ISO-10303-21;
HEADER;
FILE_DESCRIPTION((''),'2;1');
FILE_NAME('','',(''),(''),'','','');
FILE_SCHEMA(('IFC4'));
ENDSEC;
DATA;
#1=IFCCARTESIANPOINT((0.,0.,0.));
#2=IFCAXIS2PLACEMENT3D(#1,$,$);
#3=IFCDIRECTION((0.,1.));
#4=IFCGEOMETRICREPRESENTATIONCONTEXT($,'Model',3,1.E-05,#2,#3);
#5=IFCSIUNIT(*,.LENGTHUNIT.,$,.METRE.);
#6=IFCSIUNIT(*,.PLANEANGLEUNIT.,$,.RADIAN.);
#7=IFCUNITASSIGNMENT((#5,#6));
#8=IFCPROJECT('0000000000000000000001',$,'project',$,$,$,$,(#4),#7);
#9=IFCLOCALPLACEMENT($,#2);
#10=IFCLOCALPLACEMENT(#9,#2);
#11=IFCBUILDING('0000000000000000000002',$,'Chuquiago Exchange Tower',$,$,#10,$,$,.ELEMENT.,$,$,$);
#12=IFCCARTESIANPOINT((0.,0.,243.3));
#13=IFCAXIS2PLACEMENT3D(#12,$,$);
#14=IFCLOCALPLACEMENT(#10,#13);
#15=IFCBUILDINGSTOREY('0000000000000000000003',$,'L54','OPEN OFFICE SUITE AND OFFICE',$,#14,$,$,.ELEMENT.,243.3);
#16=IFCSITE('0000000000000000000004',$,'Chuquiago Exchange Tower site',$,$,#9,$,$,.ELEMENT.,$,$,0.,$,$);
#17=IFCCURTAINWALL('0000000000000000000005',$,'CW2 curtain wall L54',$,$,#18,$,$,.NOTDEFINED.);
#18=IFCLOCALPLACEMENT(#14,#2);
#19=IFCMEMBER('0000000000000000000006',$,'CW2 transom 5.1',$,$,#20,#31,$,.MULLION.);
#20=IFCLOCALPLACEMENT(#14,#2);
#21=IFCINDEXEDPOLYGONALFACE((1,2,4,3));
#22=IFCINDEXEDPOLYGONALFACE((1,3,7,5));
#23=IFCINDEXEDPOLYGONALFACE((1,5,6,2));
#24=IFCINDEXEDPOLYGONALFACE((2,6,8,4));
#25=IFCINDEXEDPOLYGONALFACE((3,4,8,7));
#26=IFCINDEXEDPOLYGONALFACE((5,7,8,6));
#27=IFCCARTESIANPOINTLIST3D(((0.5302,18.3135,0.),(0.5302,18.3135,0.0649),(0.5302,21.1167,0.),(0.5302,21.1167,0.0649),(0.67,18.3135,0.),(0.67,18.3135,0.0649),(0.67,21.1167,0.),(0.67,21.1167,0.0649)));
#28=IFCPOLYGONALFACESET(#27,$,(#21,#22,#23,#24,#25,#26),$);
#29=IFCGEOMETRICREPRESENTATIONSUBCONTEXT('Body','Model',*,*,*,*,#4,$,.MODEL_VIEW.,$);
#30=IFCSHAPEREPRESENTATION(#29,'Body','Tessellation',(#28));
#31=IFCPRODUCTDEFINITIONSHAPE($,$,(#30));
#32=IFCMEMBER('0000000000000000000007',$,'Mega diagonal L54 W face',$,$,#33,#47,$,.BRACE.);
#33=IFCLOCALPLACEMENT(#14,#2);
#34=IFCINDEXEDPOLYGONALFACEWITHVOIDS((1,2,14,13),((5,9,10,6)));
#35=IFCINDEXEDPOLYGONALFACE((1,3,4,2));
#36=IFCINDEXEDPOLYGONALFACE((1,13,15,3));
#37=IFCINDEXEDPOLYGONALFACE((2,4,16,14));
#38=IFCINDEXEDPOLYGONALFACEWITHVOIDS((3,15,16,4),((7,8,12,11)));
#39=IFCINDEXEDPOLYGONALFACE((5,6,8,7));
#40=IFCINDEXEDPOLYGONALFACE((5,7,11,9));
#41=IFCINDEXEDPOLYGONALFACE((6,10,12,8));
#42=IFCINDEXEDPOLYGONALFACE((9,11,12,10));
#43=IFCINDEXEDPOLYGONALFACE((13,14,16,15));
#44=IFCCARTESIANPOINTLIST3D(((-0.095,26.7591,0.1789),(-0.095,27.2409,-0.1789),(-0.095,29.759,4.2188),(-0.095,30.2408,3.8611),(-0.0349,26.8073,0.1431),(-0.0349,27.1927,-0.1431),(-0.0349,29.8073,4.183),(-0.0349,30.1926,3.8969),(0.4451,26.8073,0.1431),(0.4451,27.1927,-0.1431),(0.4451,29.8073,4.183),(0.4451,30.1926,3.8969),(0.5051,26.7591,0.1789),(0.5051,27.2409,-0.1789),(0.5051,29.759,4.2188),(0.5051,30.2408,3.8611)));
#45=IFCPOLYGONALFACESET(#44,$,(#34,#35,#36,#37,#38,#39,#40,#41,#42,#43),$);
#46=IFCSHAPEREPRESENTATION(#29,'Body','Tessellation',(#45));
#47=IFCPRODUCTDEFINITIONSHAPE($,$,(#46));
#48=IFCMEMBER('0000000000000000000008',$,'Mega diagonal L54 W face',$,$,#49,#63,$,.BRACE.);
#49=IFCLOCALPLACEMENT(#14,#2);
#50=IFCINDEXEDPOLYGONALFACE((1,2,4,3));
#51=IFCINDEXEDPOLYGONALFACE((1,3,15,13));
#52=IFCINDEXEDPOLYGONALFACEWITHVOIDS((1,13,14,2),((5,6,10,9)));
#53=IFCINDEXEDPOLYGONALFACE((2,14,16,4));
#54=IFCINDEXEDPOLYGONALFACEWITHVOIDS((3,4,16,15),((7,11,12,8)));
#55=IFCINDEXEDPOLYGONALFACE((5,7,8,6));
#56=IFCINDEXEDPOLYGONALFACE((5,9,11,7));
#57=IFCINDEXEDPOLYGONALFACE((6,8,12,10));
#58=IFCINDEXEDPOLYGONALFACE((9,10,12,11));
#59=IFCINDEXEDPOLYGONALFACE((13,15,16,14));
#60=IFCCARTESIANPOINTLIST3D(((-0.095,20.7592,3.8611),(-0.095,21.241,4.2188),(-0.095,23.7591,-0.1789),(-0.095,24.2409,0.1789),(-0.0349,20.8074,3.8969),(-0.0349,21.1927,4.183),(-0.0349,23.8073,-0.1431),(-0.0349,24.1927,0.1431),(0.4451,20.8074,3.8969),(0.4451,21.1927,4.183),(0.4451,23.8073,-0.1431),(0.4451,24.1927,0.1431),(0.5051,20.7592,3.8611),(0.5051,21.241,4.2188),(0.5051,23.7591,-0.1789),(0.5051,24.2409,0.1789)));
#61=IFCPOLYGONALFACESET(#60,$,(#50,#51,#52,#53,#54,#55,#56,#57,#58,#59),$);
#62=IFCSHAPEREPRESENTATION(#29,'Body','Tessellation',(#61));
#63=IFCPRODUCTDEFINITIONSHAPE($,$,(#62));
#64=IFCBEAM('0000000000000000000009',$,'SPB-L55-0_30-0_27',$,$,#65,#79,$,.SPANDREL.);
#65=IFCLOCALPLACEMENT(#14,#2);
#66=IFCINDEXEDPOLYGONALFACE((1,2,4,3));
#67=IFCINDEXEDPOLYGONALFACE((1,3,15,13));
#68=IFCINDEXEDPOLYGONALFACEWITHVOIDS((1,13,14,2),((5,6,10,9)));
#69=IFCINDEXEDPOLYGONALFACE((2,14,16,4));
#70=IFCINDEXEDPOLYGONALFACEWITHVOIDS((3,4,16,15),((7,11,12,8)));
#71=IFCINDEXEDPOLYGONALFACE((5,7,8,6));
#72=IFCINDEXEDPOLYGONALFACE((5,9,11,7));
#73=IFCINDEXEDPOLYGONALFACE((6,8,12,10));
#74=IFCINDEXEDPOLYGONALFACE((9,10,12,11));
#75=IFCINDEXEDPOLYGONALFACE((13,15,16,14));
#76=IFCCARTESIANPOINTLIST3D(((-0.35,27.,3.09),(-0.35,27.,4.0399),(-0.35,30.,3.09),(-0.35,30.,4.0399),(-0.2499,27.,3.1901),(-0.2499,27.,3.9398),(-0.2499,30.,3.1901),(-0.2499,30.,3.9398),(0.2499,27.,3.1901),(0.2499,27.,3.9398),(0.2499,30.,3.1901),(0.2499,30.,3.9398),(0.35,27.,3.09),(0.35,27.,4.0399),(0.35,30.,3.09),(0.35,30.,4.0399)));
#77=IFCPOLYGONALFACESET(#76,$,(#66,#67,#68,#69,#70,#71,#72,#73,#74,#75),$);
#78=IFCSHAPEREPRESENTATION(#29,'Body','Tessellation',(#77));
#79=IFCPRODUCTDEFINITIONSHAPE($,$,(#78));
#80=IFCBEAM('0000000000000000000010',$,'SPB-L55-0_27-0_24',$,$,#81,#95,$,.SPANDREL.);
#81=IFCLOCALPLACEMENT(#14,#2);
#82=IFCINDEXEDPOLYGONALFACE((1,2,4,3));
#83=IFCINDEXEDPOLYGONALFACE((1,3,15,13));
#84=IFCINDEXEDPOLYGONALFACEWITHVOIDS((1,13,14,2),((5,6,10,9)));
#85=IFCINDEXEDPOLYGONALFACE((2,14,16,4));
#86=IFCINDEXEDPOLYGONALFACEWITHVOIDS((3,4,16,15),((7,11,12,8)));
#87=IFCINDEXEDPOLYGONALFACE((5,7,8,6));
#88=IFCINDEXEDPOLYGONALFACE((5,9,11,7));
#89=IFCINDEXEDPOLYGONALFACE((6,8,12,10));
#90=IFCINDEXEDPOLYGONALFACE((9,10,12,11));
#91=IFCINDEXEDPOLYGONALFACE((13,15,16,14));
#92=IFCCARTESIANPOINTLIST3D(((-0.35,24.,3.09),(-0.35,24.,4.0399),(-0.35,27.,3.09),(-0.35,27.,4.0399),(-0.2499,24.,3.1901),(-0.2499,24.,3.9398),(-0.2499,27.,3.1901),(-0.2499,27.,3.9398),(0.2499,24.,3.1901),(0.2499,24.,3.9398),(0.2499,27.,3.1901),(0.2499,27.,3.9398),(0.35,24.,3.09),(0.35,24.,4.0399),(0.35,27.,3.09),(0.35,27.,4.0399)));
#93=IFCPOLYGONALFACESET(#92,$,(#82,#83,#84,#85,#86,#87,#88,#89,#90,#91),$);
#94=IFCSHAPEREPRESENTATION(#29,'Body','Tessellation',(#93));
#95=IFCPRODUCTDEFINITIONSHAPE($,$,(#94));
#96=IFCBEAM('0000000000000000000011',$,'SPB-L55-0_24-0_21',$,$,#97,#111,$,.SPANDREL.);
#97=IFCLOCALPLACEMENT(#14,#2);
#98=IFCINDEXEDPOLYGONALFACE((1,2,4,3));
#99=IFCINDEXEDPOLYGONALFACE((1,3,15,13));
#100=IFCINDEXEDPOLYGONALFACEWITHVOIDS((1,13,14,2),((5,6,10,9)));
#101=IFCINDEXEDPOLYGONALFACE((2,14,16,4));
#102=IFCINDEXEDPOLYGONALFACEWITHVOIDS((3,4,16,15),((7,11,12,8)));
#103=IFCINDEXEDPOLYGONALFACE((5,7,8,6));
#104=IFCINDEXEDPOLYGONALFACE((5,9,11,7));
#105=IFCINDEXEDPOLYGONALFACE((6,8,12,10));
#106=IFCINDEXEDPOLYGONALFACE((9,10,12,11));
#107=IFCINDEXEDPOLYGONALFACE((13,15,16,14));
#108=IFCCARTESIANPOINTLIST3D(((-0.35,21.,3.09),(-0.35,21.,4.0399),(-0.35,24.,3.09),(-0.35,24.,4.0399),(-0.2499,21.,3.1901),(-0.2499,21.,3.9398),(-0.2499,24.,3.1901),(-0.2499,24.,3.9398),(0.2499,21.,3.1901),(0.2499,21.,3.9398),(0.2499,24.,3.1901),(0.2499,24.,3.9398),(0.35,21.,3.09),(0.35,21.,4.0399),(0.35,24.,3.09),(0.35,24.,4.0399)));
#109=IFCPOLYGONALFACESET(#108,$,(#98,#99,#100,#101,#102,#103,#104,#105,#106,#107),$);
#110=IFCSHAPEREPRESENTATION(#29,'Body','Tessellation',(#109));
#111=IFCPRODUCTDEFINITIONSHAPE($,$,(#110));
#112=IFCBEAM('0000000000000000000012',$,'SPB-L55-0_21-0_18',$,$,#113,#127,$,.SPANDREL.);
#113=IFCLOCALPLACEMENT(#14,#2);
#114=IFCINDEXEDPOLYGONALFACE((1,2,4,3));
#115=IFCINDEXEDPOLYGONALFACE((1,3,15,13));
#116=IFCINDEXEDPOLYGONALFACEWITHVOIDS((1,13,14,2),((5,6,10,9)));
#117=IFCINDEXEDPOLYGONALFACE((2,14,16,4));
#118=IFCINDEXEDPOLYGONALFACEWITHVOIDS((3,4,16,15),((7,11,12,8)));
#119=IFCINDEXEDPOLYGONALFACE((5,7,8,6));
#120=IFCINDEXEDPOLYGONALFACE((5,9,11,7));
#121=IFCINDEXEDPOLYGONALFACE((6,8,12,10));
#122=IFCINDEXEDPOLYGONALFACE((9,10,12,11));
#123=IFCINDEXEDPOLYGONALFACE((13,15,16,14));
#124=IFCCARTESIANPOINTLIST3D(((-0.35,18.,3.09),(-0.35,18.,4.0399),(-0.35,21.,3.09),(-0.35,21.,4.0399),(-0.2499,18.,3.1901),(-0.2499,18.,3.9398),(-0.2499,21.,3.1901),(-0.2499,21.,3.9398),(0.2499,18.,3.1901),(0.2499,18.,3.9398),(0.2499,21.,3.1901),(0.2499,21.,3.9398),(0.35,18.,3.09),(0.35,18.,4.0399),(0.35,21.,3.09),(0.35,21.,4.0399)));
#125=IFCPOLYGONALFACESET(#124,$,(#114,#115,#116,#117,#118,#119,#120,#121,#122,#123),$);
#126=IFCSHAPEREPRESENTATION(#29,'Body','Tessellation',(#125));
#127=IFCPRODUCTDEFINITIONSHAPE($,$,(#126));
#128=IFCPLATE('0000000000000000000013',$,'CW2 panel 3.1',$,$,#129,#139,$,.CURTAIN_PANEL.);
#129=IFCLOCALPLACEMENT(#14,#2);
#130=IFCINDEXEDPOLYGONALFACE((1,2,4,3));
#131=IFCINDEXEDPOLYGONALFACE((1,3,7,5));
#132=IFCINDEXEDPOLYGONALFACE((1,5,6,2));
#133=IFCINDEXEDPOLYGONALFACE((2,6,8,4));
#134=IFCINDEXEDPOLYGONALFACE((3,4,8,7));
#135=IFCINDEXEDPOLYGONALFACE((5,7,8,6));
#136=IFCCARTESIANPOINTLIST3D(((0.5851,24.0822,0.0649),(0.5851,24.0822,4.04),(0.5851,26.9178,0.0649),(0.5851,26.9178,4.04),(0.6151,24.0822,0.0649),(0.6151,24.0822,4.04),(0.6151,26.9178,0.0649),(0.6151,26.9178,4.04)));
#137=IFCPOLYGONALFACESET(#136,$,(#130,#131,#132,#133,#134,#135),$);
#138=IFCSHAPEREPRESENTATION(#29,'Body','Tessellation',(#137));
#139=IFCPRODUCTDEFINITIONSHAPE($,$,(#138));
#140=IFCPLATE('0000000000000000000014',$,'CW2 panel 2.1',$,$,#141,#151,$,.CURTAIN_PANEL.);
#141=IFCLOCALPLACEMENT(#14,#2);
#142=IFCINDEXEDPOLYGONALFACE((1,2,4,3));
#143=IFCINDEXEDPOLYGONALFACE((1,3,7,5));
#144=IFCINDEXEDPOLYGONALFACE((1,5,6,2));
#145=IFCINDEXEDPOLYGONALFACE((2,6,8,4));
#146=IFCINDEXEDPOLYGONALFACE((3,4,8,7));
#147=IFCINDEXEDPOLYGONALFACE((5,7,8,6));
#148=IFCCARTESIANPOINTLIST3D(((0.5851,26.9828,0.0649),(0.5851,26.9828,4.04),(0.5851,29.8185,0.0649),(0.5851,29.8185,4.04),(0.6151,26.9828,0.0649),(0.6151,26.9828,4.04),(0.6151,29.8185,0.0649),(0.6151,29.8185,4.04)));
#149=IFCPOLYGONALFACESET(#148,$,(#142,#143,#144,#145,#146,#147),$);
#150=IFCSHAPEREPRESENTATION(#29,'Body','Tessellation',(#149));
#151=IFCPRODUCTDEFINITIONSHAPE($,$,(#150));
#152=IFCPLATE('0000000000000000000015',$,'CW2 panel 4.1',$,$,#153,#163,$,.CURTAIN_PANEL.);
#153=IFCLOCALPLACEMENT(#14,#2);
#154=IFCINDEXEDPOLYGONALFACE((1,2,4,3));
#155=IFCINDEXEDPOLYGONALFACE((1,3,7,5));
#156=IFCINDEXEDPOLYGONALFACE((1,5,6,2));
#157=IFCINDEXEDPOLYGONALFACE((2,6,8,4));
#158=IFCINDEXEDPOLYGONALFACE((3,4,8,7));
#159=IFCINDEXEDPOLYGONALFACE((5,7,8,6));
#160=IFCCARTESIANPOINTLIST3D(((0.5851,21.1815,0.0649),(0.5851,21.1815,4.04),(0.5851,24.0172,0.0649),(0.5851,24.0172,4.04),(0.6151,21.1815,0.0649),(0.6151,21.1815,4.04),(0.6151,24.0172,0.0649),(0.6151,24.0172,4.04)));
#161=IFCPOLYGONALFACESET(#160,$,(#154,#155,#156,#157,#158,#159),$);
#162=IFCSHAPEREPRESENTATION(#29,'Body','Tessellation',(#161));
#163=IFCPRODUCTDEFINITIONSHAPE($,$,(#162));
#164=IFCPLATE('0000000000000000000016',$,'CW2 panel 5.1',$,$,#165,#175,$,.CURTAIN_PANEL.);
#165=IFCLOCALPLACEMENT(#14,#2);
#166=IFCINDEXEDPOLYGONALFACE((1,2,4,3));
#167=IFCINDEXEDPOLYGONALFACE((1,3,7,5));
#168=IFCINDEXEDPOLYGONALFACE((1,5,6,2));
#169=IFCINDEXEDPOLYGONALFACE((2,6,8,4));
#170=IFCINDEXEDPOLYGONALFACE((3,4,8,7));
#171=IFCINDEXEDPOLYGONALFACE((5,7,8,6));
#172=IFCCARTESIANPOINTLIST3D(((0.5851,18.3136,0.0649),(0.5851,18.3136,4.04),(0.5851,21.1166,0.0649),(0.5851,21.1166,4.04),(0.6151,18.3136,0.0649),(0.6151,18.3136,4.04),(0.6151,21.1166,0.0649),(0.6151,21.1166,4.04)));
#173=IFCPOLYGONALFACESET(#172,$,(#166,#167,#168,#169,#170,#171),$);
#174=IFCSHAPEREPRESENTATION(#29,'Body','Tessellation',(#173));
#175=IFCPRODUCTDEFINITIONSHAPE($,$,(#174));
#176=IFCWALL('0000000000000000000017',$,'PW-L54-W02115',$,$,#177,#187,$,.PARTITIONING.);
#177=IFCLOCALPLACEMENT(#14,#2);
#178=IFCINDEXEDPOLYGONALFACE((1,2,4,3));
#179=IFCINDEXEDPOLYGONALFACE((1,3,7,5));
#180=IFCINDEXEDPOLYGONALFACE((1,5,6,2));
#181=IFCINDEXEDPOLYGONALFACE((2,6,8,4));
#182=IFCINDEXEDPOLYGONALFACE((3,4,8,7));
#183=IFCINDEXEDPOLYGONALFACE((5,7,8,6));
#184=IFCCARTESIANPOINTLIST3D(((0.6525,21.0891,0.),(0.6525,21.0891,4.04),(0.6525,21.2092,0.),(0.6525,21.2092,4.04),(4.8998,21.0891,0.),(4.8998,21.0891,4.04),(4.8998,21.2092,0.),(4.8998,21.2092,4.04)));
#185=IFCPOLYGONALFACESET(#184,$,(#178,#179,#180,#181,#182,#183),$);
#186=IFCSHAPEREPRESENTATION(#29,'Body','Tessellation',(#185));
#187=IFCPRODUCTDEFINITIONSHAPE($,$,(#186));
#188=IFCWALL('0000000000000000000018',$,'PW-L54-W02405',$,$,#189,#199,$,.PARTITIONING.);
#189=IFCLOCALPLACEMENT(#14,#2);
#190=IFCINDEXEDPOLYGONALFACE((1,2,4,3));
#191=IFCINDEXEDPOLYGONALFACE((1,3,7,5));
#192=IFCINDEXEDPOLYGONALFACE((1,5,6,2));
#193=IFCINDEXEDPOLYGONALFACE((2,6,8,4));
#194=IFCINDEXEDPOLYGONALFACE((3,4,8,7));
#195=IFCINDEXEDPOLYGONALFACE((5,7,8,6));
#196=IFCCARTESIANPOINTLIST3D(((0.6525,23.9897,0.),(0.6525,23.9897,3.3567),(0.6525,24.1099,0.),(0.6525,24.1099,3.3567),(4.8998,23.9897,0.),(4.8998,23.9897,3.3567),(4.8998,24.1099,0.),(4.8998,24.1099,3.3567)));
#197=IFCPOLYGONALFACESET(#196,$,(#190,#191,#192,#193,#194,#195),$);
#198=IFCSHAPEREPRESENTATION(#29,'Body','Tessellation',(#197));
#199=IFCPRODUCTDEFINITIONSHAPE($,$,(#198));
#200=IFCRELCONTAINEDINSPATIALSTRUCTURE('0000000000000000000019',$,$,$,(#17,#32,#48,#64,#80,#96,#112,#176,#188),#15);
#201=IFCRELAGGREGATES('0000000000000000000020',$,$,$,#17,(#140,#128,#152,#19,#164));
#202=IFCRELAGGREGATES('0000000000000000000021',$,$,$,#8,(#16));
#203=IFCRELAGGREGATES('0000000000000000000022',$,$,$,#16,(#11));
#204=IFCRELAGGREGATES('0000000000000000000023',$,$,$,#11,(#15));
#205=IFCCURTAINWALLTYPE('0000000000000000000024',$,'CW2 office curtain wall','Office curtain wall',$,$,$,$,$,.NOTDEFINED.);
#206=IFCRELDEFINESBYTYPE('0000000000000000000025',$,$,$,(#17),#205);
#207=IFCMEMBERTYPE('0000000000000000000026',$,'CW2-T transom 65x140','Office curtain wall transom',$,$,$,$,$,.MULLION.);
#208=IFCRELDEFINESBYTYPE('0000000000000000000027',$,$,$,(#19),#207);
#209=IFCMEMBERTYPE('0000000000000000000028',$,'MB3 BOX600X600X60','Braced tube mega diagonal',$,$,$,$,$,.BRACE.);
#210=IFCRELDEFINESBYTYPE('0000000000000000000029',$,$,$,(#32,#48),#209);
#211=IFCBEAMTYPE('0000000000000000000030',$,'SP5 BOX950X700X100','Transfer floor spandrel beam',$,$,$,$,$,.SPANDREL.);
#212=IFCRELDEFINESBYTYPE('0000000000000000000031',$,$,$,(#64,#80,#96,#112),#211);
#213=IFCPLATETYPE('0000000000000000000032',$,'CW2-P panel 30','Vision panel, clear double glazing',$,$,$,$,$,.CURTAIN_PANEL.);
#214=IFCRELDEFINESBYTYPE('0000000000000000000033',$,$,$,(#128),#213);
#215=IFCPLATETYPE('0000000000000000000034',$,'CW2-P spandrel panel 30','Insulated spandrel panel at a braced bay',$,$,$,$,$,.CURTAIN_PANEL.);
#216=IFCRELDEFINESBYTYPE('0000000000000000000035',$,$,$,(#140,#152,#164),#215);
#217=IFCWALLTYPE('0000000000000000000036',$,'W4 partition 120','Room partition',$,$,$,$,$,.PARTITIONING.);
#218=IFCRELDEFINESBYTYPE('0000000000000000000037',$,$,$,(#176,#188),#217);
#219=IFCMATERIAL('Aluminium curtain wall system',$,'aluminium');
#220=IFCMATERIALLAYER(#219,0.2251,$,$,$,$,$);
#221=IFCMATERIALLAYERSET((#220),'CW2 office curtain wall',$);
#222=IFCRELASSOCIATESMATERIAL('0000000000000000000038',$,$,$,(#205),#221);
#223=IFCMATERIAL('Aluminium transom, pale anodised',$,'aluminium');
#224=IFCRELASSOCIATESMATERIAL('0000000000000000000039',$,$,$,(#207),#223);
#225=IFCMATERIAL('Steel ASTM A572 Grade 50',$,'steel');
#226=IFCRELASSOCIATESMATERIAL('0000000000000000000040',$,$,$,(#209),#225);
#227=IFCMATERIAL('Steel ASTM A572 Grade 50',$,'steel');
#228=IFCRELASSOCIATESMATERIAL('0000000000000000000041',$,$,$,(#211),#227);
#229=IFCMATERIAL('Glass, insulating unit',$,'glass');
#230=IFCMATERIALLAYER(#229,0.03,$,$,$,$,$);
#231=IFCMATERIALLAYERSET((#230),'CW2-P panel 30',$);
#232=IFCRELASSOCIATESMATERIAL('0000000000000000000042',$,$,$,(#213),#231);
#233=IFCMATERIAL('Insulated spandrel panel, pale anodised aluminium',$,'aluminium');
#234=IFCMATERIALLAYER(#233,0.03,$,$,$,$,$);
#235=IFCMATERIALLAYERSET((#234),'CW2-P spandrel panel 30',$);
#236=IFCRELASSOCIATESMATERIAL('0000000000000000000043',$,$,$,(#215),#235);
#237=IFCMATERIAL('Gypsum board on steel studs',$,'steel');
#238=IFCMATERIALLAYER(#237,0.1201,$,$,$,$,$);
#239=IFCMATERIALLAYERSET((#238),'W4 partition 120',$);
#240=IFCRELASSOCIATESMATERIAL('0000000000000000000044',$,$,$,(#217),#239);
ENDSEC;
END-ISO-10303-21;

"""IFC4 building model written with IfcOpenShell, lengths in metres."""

from ifc_helpers import new_model, si_unit, direction, frame, frame_2d, origin, origin_2d, place, context, subcontext, project, spatial, rectangle, hollow_rectangle, extrude, material, layer, layer_set, material_profile, profile_set, type_object, element, aggregate, save


model = new_model("IFC4")

# Units and contexts
model_context = context("Model", 3, precision=1e-05, world=origin(), true_north=direction((0.0, 1.0)))
body_context = subcontext(model_context, "Body", "Model", "MODEL_VIEW")
ifc_project = project(units=[si_unit("LENGTHUNIT", "METRE"), si_unit("PLANEANGLEUNIT", "RADIAN")], contexts=[model_context])

# Site, building, storey
site_placement = place(None, origin())
site = spatial("IfcSite", under=ifc_project, at=site_placement, Name="Chuquiago Exchange Tower site", CompositionType="ELEMENT", RefElevation=0.0)
building_placement = place(site_placement, origin())
building = spatial("IfcBuilding", under=site, at=building_placement, Name="Chuquiago Exchange Tower", CompositionType="ELEMENT")
storey_placement = place(building_placement, frame((0.0, 0.0, 243.3)))
storey = spatial("IfcBuildingStorey", under=building, at=storey_placement, Name="L54", Description="OPEN OFFICE SUITE AND OFFICE", CompositionType="ELEMENT", Elevation=243.3)

# Curtain wall, member
ifc_material_1 = material(Name="Aluminium curtain wall system", Category="aluminium")
ifc_layer_1 = layer(ifc_material_1, 0.2251)
ifc_layer_set_1 = layer_set([ifc_layer_1], Name="CW2 office curtain wall")
curtain_wall_type = type_object("IfcCurtainWallType", Name="CW2 office curtain wall", Description="Office curtain wall", PredefinedType="NOTDEFINED", material=ifc_layer_set_1)
curtain_wall_placement = place(storey_placement, origin())
curtain_wall = element("IfcCurtainWall", 1, at=curtain_wall_placement, inside=storey, type_object=curtain_wall_type, Name="CW2 curtain wall L54", PredefinedType="NOTDEFINED")
ifc_material_2 = material(Name="Aluminium transom, pale anodised", Category="aluminium")
ifc_material_profile_1 = material_profile(ifc_material_2, rectangle(XDim=0.1399, YDim=0.0649, at=origin_2d()), Name="AL 140x65")
ifc_profile_set_1 = profile_set([ifc_material_profile_1], Name="Aluminium transom, pale anodised")
member_type_1 = type_object("IfcMemberType", Name="CW2-T transom 65x140", Description="Office curtain wall transom", PredefinedType="MULLION", material=ifc_profile_set_1)
member_1_placement = place(storey_placement, frame((0.6001, 21.1167, 0.0325), z_axis=(0.0, -1.0, 0.0), x_axis=(1.0, 0.0, 0.0)))
member_1 = element("IfcMember", 2, at=member_1_placement, type_object=member_type_1, Name="CW2 transom 5.1", PredefinedType="MULLION", context=body_context, shape_type="SweptSolid", body=[
    extrude(rectangle(XDim=0.1399, YDim=0.0649, at=origin_2d()), origin(), (0.0, 0.0, 1.0), 2.8032),
])

# Members
ifc_material_3 = material(Name="Steel ASTM A572 Grade 50", Category="steel")
ifc_material_profile_2 = material_profile(ifc_material_3, hollow_rectangle(XDim=0.6001, YDim=0.6001, WallThickness=0.0601, at=origin_2d()), Name="BOX600X600X60")
ifc_profile_set_2 = profile_set([ifc_material_profile_2], Name="Steel ASTM A572 Grade 50")
member_type_2 = type_object("IfcMemberType", Name="MB3 BOX600X600X60", Description="Braced tube mega diagonal", PredefinedType="BRACE", material=ifc_profile_set_2)
for number, where, z_axis, x_axis, name in (
    (3, (0.2051, 27.0, 0.0), (0.0, 0.596174, 0.802855), (-1.0, 0.0, 0.0), "Mega diagonal L54 W face"),
    (4, (0.2051, 24.0, 0.0), (0.0, -0.596174, 0.802855), (1.0, 0.0, 0.0), "Mega diagonal L54 W face"),
):
    element("IfcMember", number, at=place(storey_placement, frame(where, z_axis=z_axis, x_axis=x_axis)), inside=storey, type_object=member_type_2, Name=name, PredefinedType="BRACE", context=body_context, shape_type="SweptSolid", body=[
        extrude(hollow_rectangle(XDim=0.6001, YDim=0.6001, WallThickness=0.0601, at=origin_2d()), origin(), (0.0, 0.0, 1.0), 5.032),
    ])

# Beams
ifc_material_4 = material(Name="Steel ASTM A572 Grade 50", Category="steel")
ifc_material_profile_3 = material_profile(ifc_material_4, hollow_rectangle(XDim=0.7, YDim=0.95, WallThickness=0.1001, at=origin_2d()), Name="BOX950X700X100")
ifc_profile_set_3 = profile_set([ifc_material_profile_3], Name="Steel ASTM A572 Grade 50")
beam_type = type_object("IfcBeamType", Name="SP5 BOX950X700X100", Description="Transfer floor spandrel beam", PredefinedType="SPANDREL", material=ifc_profile_set_3)
for number, where, z_axis, x_axis, name in (
    (5, (0.0, 30.0, 3.5649), (0.0, -1.0, 0.0), (1.0, 0.0, 0.0), "SPB-L55-0_30-0_27"),
    (6, (0.0, 27.0, 3.5649), (0.0, -1.0, 0.0), (1.0, 0.0, 0.0), "SPB-L55-0_27-0_24"),
    (7, (0.0, 24.0, 3.5649), (0.0, -1.0, 0.0), (1.0, 0.0, 0.0), "SPB-L55-0_24-0_21"),
    (8, (0.0, 21.0, 3.5649), (0.0, -1.0, 0.0), (1.0, 0.0, 0.0), "SPB-L55-0_21-0_18"),
):
    element("IfcBeam", number, at=place(storey_placement, frame(where, z_axis=z_axis, x_axis=x_axis)), inside=storey, type_object=beam_type, Name=name, PredefinedType="SPANDREL", context=body_context, shape_type="SweptSolid", body=[
        extrude(hollow_rectangle(XDim=0.7, YDim=0.95, WallThickness=0.1001, at=origin_2d()), origin(), (0.0, 0.0, 1.0), 3.0),
    ])

# Plates
ifc_material_5 = material(Name="Glass, insulating unit", Category="glass")
ifc_layer_2 = layer(ifc_material_5, 0.03)
ifc_layer_set_2 = layer_set([ifc_layer_2], Name="CW2-P panel 30")
plate_type_1 = type_object("IfcPlateType", Name="CW2-P panel 30", Description="Vision panel, clear double glazing", PredefinedType="CURTAIN_PANEL", material=ifc_layer_set_2)
plate_1_placement = place(storey_placement, frame((0.6001, 25.5, 0.0649), z_axis=(0.0, 0.0, 1.0), x_axis=(0.0, -1.0, 0.0)))
plate_1 = element("IfcPlate", 9, at=plate_1_placement, type_object=plate_type_1, Name="CW2 panel 3.1", PredefinedType="CURTAIN_PANEL", context=body_context, shape_type="SweptSolid", body=[
    extrude(rectangle(XDim=2.8357, YDim=0.03, at=origin_2d()), origin(), (0.0, 0.0, 1.0), 3.9751),
])
ifc_material_6 = material(Name="Insulated spandrel panel, pale anodised aluminium", Category="aluminium")
ifc_layer_3 = layer(ifc_material_6, 0.03)
ifc_layer_set_3 = layer_set([ifc_layer_3], Name="CW2-P spandrel panel 30")
plate_type_2 = type_object("IfcPlateType", Name="CW2-P spandrel panel 30", Description="Insulated spandrel panel at a braced bay", PredefinedType="CURTAIN_PANEL", material=ifc_layer_set_3)
plate_2_placement = place(storey_placement, frame((0.6001, 28.4006, 0.0649), z_axis=(0.0, 0.0, 1.0), x_axis=(0.0, -1.0, 0.0)))
plate_2 = element("IfcPlate", 10, at=plate_2_placement, type_object=plate_type_2, Name="CW2 panel 2.1", PredefinedType="CURTAIN_PANEL", context=body_context, shape_type="SweptSolid", body=[
    extrude(rectangle(XDim=2.8357, YDim=0.03, at=origin_2d()), origin(), (0.0, 0.0, 1.0), 3.9751),
])
plate_3_placement = place(storey_placement, frame((0.6001, 22.5994, 0.0649), z_axis=(0.0, 0.0, 1.0), x_axis=(0.0, -1.0, 0.0)))
plate_3 = element("IfcPlate", 11, at=plate_3_placement, type_object=plate_type_2, Name="CW2 panel 4.1", PredefinedType="CURTAIN_PANEL", context=body_context, shape_type="SweptSolid", body=[
    extrude(rectangle(XDim=2.8357, YDim=0.03, at=origin_2d()), origin(), (0.0, 0.0, 1.0), 3.9751),
])
plate_4_placement = place(storey_placement, frame((0.6001, 19.7151, 0.0649), z_axis=(0.0, 0.0, 1.0), x_axis=(0.0, -1.0, 0.0)))
plate_4 = element("IfcPlate", 12, at=plate_4_placement, type_object=plate_type_2, Name="CW2 panel 5.1", PredefinedType="CURTAIN_PANEL", context=body_context, shape_type="SweptSolid", body=[
    extrude(rectangle(XDim=2.803, YDim=0.03, at=origin_2d()), origin(), (0.0, 0.0, 1.0), 3.9751),
])
aggregate(curtain_wall, [plate_2, plate_1, plate_3, member_1, plate_4])

# Walls
ifc_material_7 = material(Name="Gypsum board on steel studs", Category="steel")
ifc_layer_4 = layer(ifc_material_7, 0.1201)
ifc_layer_set_4 = layer_set([ifc_layer_4], Name="W4 partition 120")
wall_type = type_object("IfcWallType", Name="W4 partition 120", Description="Room partition", PredefinedType="PARTITIONING", material=ifc_layer_set_4)
wall_1_placement = place(storey_placement, frame((0.6526, 21.1492, 0.0), z_axis=(0.0, 0.0, 1.0), x_axis=(1.0, 0.0, 0.0)))
element("IfcWall", 13, at=wall_1_placement, inside=storey, type_object=wall_type, Name="PW-L54-W02115", PredefinedType="PARTITIONING", context=body_context, shape_type="SweptSolid", body=[
    extrude(rectangle(XDim=4.2473, YDim=0.1201, at=frame_2d((2.1235, 0.0))), origin(), (0.0, 0.0, 1.0), 4.04),
])
for number, where, z_axis, x_axis, name in (
    (14, (0.6526, 24.0498, 0.0), (0.0, 0.0, 1.0), (1.0, 0.0, 0.0), "PW-L54-W02405"),
):
    element("IfcWall", number, at=place(storey_placement, frame(where, z_axis=z_axis, x_axis=x_axis)), inside=storey, type_object=wall_type, Name=name, PredefinedType="PARTITIONING", context=body_context, shape_type="SweptSolid", body=[
        extrude(rectangle(XDim=4.2473, YDim=0.1201, at=frame_2d((2.1235, 0.0))), origin(), (0.0, 0.0, 1.0), 3.3567),
    ])

save(model, "model.ifc")
